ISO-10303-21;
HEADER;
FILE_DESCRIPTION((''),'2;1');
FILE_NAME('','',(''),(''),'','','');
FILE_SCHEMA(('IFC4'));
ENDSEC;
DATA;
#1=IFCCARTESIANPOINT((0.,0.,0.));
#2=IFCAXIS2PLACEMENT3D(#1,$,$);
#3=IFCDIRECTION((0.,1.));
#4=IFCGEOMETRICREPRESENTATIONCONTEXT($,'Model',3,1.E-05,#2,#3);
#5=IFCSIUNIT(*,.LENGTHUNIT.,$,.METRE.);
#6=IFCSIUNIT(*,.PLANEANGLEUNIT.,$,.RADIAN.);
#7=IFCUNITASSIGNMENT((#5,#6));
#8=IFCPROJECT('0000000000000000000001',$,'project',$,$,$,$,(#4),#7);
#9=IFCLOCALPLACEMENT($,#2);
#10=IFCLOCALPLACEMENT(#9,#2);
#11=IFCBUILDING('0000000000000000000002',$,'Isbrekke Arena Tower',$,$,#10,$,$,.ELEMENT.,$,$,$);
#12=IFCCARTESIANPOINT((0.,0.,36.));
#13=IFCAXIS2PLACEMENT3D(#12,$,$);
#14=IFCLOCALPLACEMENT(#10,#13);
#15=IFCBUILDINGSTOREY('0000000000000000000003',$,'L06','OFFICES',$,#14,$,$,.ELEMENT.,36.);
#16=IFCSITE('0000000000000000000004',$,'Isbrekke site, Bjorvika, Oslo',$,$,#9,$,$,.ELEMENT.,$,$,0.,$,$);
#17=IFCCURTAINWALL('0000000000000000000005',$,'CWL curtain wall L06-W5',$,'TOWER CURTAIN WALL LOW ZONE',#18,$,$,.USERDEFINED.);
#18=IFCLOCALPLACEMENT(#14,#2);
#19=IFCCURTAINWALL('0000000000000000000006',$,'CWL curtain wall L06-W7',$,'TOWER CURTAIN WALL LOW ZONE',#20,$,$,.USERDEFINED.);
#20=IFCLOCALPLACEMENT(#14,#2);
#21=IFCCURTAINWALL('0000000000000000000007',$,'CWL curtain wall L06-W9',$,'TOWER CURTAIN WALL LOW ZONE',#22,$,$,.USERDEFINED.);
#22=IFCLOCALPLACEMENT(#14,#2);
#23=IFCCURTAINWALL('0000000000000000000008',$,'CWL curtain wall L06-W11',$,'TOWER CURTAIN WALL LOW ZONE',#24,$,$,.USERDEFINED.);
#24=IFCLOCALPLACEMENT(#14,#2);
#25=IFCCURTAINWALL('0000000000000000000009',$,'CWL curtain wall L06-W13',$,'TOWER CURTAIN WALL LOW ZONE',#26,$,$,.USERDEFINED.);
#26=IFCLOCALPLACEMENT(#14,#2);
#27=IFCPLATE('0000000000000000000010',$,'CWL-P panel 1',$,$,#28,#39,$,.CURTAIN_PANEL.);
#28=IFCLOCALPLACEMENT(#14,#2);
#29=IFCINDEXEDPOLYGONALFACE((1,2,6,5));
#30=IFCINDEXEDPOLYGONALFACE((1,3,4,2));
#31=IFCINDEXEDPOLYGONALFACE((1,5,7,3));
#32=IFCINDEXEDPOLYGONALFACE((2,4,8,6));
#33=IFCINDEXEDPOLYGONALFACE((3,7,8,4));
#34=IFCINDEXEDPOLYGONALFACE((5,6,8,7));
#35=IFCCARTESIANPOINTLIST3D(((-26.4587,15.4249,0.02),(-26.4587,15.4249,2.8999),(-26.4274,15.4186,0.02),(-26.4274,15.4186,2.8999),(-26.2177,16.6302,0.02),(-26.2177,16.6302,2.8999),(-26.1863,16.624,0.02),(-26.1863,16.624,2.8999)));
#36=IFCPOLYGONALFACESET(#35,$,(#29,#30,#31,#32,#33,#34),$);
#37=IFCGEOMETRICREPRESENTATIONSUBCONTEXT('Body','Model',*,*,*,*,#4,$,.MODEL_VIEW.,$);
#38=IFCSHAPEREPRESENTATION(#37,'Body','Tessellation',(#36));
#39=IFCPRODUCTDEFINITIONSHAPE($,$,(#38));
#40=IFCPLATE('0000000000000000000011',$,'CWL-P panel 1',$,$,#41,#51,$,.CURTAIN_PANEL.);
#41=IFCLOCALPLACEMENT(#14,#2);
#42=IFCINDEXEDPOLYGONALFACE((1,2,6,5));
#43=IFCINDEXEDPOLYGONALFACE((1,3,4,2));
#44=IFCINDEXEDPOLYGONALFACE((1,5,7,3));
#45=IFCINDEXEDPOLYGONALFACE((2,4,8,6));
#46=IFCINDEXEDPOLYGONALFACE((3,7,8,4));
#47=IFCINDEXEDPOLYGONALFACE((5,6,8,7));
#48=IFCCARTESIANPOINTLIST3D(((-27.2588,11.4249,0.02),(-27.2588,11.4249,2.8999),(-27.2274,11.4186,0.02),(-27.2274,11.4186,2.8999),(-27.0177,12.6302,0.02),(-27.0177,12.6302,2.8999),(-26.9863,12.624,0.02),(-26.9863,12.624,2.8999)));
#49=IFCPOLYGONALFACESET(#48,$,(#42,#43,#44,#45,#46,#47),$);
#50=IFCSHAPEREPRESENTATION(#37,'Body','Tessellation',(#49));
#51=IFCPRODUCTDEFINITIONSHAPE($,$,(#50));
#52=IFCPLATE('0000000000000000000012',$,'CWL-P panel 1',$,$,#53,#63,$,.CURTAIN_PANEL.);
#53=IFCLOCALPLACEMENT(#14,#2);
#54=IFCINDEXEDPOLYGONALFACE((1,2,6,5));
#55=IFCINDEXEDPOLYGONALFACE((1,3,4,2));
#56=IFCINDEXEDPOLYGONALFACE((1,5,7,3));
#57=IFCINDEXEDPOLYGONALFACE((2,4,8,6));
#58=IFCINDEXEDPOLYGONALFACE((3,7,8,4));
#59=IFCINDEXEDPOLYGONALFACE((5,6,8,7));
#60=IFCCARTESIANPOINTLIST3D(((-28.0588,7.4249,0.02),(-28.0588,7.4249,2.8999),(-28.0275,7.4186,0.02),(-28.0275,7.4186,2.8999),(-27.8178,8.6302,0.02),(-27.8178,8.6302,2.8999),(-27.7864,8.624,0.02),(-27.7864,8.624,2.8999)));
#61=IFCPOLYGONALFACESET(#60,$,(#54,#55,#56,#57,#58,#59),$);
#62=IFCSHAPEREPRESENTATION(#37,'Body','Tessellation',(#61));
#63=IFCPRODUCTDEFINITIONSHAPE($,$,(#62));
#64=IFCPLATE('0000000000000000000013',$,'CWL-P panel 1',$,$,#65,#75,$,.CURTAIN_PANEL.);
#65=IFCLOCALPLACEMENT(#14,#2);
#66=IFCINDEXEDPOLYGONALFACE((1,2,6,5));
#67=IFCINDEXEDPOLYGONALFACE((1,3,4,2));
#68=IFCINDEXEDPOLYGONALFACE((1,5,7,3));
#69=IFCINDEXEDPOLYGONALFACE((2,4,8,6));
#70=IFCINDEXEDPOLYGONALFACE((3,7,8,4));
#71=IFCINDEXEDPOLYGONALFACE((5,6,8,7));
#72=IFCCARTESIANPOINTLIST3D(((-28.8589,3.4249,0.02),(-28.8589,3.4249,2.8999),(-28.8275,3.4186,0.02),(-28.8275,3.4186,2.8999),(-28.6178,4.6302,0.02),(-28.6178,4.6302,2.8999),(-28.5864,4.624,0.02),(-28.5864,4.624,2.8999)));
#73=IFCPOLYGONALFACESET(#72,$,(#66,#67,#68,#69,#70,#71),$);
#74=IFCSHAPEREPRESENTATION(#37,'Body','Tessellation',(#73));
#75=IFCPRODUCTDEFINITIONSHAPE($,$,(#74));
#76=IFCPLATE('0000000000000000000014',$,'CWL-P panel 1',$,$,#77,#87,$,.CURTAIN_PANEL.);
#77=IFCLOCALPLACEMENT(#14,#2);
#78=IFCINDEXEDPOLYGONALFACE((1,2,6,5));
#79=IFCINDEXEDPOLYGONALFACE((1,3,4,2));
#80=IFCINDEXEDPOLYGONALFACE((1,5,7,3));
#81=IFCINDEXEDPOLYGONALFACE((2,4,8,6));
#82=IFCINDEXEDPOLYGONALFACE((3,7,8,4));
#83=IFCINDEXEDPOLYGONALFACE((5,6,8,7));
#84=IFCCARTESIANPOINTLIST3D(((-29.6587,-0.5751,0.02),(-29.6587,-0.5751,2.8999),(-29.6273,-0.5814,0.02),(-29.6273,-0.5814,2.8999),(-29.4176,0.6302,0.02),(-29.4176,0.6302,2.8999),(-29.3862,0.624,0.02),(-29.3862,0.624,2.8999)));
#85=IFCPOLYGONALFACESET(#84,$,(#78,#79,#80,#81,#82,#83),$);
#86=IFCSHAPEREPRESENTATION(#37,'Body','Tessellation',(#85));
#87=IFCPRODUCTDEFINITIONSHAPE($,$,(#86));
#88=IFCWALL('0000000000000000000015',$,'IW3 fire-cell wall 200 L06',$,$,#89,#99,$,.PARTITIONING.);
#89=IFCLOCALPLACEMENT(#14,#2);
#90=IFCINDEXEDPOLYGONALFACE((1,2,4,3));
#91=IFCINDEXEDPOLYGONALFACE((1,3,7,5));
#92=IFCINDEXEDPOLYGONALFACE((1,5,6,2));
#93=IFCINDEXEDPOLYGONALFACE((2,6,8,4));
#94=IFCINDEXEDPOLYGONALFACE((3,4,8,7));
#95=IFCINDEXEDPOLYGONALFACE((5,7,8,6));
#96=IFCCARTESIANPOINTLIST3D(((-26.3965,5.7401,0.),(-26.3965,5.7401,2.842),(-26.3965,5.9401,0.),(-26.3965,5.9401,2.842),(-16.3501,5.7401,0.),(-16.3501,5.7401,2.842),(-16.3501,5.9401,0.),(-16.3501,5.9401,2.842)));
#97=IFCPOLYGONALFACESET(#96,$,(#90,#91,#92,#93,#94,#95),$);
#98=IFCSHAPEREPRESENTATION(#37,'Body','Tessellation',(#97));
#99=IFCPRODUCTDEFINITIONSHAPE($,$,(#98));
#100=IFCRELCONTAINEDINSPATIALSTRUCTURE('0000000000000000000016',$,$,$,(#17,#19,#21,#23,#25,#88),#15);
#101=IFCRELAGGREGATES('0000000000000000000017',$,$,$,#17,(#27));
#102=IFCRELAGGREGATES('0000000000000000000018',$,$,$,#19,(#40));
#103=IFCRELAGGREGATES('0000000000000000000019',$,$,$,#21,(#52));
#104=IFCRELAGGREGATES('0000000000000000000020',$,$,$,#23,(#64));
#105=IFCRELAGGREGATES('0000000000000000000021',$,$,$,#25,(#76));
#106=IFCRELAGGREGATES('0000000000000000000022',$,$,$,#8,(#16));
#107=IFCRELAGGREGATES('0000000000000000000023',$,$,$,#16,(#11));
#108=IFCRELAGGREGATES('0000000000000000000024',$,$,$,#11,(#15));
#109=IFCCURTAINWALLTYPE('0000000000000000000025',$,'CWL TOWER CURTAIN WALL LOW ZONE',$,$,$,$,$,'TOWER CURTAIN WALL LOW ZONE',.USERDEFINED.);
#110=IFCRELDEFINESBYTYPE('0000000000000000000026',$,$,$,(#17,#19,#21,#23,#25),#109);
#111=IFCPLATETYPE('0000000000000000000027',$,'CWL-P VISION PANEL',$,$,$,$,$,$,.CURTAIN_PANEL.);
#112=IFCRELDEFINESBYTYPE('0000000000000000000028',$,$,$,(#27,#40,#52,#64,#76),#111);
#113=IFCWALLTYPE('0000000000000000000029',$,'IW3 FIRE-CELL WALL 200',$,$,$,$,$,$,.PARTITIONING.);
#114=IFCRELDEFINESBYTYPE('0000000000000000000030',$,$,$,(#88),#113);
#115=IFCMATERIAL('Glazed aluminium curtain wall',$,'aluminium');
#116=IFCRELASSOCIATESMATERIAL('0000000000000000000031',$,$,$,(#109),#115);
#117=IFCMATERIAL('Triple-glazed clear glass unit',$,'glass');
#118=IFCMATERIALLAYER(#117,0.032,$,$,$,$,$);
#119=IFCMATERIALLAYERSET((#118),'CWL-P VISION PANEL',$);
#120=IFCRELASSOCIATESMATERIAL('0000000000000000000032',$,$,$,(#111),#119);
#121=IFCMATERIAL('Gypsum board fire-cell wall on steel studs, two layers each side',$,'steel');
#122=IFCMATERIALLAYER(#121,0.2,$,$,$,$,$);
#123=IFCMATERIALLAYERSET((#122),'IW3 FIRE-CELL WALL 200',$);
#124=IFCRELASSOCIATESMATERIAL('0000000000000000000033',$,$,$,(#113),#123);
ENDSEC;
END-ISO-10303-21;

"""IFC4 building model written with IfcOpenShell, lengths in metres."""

from ifc_helpers import new_model, si_unit, direction, frame, frame_2d, origin, origin_2d, place, context, subcontext, project, spatial, rectangle, extrude, material, layer, layer_set, type_object, element, aggregate, save


model = new_model("IFC4")

# Units and contexts
model_context = context("Model", 3, precision=1e-05, world=origin(), true_north=direction((0.0, 1.0)))
body_context = subcontext(model_context, "Body", "Model", "MODEL_VIEW")
ifc_project = project(units=[si_unit("LENGTHUNIT", "METRE"), si_unit("PLANEANGLEUNIT", "RADIAN")], contexts=[model_context])

# Site, building, storey
site_placement = place(None, origin())
site = spatial("IfcSite", under=ifc_project, at=site_placement, Name="Isbrekke site, Bjorvika, Oslo", CompositionType="ELEMENT", RefElevation=0.0)
building_placement = place(site_placement, origin())
building = spatial("IfcBuilding", under=site, at=building_placement, Name="Isbrekke Arena Tower", CompositionType="ELEMENT")
storey_placement = place(building_placement, frame((0.0, 0.0, 36.0)))
storey = spatial("IfcBuildingStorey", under=building, at=storey_placement, Name="L06", Description="OFFICES", CompositionType="ELEMENT", Elevation=36.0)

# Curtain walls
ifc_material_1 = material(Name="Glazed aluminium curtain wall", Category="aluminium")
curtain_wall_type = type_object("IfcCurtainWallType", Name="CWL TOWER CURTAIN WALL LOW ZONE", ElementType="TOWER CURTAIN WALL LOW ZONE", PredefinedType="USERDEFINED", material=ifc_material_1)
curtain_wall_1_placement = place(storey_placement, origin())
curtain_wall_1 = element("IfcCurtainWall", 1, at=curtain_wall_1_placement, inside=storey, type_object=curtain_wall_type, Name="CWL curtain wall L06-W5", ObjectType="TOWER CURTAIN WALL LOW ZONE", PredefinedType="USERDEFINED")
curtain_wall_2_placement = place(storey_placement, origin())
curtain_wall_2 = element("IfcCurtainWall", 2, at=curtain_wall_2_placement, inside=storey, type_object=curtain_wall_type, Name="CWL curtain wall L06-W7", ObjectType="TOWER CURTAIN WALL LOW ZONE", PredefinedType="USERDEFINED")
curtain_wall_3_placement = place(storey_placement, origin())
curtain_wall_3 = element("IfcCurtainWall", 3, at=curtain_wall_3_placement, inside=storey, type_object=curtain_wall_type, Name="CWL curtain wall L06-W9", ObjectType="TOWER CURTAIN WALL LOW ZONE", PredefinedType="USERDEFINED")
curtain_wall_4_placement = place(storey_placement, origin())
curtain_wall_4 = element("IfcCurtainWall", 4, at=curtain_wall_4_placement, inside=storey, type_object=curtain_wall_type, Name="CWL curtain wall L06-W11", ObjectType="TOWER CURTAIN WALL LOW ZONE", PredefinedType="USERDEFINED")
curtain_wall_5_placement = place(storey_placement, origin())
curtain_wall_5 = element("IfcCurtainWall", 5, at=curtain_wall_5_placement, inside=storey, type_object=curtain_wall_type, Name="CWL curtain wall L06-W13", ObjectType="TOWER CURTAIN WALL LOW ZONE", PredefinedType="USERDEFINED")

# Plates
ifc_material_2 = material(Name="Triple-glazed clear glass unit", Category="glass")
ifc_layer_1 = layer(ifc_material_2, 0.032)
ifc_layer_set_1 = layer_set([ifc_layer_1], Name="CWL-P VISION PANEL")
plate_type = type_object("IfcPlateType", Name="CWL-P VISION PANEL", PredefinedType="CURTAIN_PANEL", material=ifc_layer_set_1)
plate_1_placement = place(storey_placement, frame((-26.3225, 16.0244, 0.02), z_axis=(0.0, 0.0, 1.0), x_axis=(-0.196116, -0.980581, 0.0)))
plate_1 = element("IfcPlate", 6, at=plate_1_placement, type_object=plate_type, Name="CWL-P panel 1", PredefinedType="CURTAIN_PANEL", context=body_context, shape_type="SweptSolid", body=[
    extrude(rectangle(XDim=1.2292, YDim=0.032, at=origin_2d()), origin(), (0.0, 0.0, 1.0), 2.8799),
])
aggregate(curtain_wall_1, [plate_1])
plate_2_placement = place(storey_placement, frame((-27.1226, 12.0244, 0.02), z_axis=(0.0, 0.0, 1.0), x_axis=(-0.196116, -0.980581, 0.0)))
plate_2 = element("IfcPlate", 7, at=plate_2_placement, type_object=plate_type, Name="CWL-P panel 1", PredefinedType="CURTAIN_PANEL", context=body_context, shape_type="SweptSolid", body=[
    extrude(rectangle(XDim=1.2292, YDim=0.032, at=origin_2d()), origin(), (0.0, 0.0, 1.0), 2.8799),
])
aggregate(curtain_wall_2, [plate_2])
plate_3_placement = place(storey_placement, frame((-27.9226, 8.0244, 0.02), z_axis=(0.0, 0.0, 1.0), x_axis=(-0.196116, -0.980581, 0.0)))
plate_3 = element("IfcPlate", 8, at=plate_3_placement, type_object=plate_type, Name="CWL-P panel 1", PredefinedType="CURTAIN_PANEL", context=body_context, shape_type="SweptSolid", body=[
    extrude(rectangle(XDim=1.2292, YDim=0.032, at=origin_2d()), origin(), (0.0, 0.0, 1.0), 2.8799),
])
aggregate(curtain_wall_3, [plate_3])
plate_4_placement = place(storey_placement, frame((-28.7227, 4.0244, 0.02), z_axis=(0.0, 0.0, 1.0), x_axis=(-0.196116, -0.980581, 0.0)))
plate_4 = element("IfcPlate", 9, at=plate_4_placement, type_object=plate_type, Name="CWL-P panel 1", PredefinedType="CURTAIN_PANEL", context=body_context, shape_type="SweptSolid", body=[
    extrude(rectangle(XDim=1.2292, YDim=0.032, at=origin_2d()), origin(), (0.0, 0.0, 1.0), 2.8799),
])
aggregate(curtain_wall_4, [plate_4])
plate_5_placement = place(storey_placement, frame((-29.5225, 0.0244, 0.02), z_axis=(0.0, 0.0, 1.0), x_axis=(-0.196116, -0.980581, 0.0)))
plate_5 = element("IfcPlate", 10, at=plate_5_placement, type_object=plate_type, Name="CWL-P panel 1", PredefinedType="CURTAIN_PANEL", context=body_context, shape_type="SweptSolid", body=[
    extrude(rectangle(XDim=1.2292, YDim=0.032, at=origin_2d()), origin(), (0.0, 0.0, 1.0), 2.8799),
])
aggregate(curtain_wall_5, [plate_5])

# Wall
ifc_material_3 = material(Name="Gypsum board fire-cell wall on steel studs, two layers each side", Category="steel")
ifc_layer_2 = layer(ifc_material_3, 0.2)
ifc_layer_set_2 = layer_set([ifc_layer_2], Name="IW3 FIRE-CELL WALL 200")
wall_type = type_object("IfcWallType", Name="IW3 FIRE-CELL WALL 200", PredefinedType="PARTITIONING", material=ifc_layer_set_2)
wall_placement = place(storey_placement, frame((-26.3965, 5.8401, 0.0), z_axis=(0.0, 0.0, 1.0), x_axis=(1.0, 0.0, 0.0)))
element("IfcWall", 11, at=wall_placement, inside=storey, type_object=wall_type, Name="IW3 fire-cell wall 200 L06", PredefinedType="PARTITIONING", context=body_context, shape_type="SweptSolid", body=[
    extrude(rectangle(XDim=10.0464, YDim=0.2, at=frame_2d((5.0232, 0.0))), origin(), (0.0, 0.0, 1.0), 2.842),
])

save(model, "model.ifc")
